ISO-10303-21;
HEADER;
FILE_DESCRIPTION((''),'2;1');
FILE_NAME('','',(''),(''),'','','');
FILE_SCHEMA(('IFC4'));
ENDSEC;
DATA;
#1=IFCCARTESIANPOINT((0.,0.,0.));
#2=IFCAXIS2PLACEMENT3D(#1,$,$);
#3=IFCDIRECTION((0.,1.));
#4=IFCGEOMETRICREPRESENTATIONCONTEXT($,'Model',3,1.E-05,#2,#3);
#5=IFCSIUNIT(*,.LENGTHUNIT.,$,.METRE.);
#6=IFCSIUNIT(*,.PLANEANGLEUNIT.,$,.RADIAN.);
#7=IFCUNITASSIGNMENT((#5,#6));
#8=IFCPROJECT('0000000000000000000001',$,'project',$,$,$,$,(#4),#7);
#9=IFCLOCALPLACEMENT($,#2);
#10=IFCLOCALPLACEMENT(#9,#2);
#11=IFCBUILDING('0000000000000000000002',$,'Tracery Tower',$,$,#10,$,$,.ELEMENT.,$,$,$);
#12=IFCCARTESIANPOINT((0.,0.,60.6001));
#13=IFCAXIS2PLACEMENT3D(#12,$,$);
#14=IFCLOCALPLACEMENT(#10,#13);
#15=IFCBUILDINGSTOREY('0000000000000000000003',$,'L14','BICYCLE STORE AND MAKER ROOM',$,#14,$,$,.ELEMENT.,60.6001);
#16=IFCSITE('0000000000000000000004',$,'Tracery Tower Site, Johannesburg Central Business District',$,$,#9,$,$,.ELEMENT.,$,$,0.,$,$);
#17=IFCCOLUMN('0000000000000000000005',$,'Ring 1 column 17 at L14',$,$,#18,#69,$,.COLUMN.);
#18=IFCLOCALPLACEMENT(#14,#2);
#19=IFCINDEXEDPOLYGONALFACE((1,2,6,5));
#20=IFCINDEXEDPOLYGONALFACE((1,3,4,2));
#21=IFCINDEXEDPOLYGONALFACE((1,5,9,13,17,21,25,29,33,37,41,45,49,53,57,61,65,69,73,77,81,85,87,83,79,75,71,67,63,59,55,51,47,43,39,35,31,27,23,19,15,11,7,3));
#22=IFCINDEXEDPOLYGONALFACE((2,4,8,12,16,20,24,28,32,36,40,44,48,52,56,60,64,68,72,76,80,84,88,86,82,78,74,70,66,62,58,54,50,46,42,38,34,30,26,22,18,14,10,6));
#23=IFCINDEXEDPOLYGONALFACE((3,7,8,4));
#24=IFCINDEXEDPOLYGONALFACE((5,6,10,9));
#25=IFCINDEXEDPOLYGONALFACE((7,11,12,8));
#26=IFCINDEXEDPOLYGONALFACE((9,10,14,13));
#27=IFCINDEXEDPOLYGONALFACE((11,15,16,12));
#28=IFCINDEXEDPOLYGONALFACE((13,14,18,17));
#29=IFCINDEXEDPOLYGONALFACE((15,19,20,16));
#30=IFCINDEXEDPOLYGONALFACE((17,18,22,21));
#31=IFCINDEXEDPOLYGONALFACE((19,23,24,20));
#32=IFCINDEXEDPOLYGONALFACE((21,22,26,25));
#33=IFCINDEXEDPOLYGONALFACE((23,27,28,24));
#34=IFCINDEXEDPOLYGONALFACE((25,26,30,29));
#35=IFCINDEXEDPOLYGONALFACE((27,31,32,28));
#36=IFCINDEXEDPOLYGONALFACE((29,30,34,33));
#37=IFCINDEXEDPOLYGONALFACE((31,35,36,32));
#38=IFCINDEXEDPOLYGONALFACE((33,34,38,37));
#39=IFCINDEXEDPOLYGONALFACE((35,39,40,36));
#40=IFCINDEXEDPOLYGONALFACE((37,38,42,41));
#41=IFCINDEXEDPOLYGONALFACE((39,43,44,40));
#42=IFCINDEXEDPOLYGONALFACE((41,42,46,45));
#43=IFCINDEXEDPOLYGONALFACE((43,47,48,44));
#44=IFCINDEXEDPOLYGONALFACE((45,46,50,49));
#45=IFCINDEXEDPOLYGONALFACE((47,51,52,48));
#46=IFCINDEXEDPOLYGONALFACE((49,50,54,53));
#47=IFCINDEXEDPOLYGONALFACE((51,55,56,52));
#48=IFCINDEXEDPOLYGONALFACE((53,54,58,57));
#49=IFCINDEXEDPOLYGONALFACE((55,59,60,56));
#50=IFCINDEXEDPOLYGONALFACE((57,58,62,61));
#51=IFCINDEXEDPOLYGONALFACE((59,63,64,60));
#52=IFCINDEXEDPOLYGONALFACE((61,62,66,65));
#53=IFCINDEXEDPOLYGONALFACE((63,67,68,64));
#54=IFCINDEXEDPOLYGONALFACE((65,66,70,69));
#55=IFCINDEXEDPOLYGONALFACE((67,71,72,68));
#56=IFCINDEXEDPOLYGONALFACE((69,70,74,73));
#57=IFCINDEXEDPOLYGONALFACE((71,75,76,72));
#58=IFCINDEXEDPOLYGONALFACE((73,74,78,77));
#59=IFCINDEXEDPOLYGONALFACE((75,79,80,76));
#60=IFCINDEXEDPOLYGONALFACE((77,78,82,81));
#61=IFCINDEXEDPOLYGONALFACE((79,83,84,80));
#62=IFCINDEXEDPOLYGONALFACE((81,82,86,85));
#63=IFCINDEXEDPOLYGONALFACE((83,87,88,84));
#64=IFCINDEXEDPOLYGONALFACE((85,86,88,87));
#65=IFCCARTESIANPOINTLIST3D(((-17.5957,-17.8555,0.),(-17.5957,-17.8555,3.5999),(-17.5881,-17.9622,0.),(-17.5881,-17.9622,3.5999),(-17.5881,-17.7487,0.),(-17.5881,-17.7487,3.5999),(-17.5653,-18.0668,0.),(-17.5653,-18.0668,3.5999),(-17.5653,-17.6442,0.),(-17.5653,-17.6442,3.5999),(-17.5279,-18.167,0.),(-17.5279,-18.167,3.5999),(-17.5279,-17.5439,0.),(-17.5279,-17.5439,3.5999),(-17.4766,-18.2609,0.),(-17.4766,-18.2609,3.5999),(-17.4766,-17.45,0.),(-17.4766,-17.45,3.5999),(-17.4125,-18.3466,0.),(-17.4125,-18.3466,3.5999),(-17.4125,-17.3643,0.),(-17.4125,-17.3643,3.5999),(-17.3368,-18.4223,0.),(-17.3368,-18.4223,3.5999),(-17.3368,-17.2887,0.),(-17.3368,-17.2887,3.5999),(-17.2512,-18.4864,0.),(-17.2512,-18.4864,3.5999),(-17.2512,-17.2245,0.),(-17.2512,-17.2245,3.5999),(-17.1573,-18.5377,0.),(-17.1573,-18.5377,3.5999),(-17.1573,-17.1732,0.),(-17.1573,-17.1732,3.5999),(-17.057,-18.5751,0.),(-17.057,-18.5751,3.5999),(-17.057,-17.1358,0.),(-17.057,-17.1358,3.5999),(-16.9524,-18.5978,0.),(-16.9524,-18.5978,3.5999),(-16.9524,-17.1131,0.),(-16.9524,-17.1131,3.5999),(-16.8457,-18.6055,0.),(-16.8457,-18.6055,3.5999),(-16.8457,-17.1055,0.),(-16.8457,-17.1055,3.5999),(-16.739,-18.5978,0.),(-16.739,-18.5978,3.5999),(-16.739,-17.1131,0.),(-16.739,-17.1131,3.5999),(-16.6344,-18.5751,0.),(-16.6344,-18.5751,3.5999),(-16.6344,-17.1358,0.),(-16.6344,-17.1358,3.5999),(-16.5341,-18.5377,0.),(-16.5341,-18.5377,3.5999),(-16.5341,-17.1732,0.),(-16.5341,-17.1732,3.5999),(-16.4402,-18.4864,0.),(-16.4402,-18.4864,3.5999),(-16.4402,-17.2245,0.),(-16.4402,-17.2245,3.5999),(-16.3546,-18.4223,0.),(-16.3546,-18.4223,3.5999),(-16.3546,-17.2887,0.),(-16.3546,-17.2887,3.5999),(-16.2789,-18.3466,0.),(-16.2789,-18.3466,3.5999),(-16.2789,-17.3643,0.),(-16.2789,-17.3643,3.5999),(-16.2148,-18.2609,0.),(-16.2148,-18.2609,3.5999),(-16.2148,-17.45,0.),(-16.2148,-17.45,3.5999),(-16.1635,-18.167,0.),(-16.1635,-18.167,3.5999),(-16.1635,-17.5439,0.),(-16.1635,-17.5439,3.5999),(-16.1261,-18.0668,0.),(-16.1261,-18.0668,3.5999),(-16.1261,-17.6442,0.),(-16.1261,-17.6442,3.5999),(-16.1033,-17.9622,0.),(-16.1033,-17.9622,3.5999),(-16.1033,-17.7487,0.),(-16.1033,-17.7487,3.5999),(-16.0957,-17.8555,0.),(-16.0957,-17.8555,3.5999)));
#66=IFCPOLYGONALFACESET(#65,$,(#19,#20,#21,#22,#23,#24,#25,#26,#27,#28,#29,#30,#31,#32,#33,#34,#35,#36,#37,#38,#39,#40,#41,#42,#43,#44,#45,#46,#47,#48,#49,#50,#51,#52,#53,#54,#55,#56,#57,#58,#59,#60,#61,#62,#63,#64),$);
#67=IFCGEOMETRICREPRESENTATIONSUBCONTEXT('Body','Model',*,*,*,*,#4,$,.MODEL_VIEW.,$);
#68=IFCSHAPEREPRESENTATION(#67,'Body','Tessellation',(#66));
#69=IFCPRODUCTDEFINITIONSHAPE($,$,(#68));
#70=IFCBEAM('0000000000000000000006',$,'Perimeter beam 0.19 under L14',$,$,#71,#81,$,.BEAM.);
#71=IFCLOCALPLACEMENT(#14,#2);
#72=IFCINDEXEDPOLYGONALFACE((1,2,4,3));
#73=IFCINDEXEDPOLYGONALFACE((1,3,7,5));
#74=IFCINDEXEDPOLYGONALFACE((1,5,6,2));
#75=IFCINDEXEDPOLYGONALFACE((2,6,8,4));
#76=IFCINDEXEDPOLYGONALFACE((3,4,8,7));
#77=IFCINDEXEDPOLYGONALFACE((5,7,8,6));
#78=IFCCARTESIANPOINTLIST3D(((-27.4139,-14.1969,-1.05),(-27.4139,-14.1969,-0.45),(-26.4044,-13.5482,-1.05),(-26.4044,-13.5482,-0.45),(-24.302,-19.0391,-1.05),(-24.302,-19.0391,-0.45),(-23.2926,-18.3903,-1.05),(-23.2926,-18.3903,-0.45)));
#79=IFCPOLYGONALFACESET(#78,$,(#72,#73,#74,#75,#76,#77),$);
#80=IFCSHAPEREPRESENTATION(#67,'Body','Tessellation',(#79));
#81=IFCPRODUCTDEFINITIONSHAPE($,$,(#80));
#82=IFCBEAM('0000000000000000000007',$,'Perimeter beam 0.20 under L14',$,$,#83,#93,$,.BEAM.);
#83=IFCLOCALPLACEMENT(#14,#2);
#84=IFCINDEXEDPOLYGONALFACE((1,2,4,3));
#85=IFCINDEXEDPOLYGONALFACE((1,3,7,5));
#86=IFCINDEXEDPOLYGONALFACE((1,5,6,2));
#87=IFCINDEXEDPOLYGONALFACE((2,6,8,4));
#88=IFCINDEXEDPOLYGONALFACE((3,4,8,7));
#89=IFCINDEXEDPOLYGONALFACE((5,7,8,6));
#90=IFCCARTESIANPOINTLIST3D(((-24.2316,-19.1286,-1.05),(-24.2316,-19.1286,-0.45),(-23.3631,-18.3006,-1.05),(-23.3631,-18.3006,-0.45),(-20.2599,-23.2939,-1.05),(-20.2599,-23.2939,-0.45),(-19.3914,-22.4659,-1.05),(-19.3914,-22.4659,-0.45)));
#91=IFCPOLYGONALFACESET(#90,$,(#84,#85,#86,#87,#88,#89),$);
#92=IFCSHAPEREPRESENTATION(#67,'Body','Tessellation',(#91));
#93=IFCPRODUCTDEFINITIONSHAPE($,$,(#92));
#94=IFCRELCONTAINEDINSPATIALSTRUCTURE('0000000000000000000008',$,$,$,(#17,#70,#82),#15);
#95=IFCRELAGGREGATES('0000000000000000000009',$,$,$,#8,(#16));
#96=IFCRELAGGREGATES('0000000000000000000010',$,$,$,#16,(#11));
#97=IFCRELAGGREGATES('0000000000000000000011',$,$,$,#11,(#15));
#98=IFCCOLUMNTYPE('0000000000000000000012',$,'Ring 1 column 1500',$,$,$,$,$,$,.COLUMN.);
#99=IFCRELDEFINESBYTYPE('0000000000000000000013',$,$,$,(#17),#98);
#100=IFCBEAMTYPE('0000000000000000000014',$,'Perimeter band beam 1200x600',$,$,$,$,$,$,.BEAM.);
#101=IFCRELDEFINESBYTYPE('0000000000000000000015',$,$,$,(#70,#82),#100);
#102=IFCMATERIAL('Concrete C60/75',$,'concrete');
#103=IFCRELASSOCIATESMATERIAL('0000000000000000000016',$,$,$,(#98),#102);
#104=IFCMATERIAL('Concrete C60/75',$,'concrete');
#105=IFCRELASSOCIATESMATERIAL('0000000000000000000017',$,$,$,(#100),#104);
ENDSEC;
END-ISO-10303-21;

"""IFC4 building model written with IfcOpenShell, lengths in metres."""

from ifc_helpers import new_model, si_unit, direction, frame, origin, origin_2d, place, context, subcontext, project, spatial, rectangle, circle, extrude, material, material_profile, profile_set, type_object, element, save


model = new_model("IFC4")

# Units and contexts
model_context = context("Model", 3, precision=1e-05, world=origin(), true_north=direction((0.0, 1.0)))
body_context = subcontext(model_context, "Body", "Model", "MODEL_VIEW")
ifc_project = project(units=[si_unit("LENGTHUNIT", "METRE"), si_unit("PLANEANGLEUNIT", "RADIAN")], contexts=[model_context])

# Site, building, storey
site_placement = place(None, origin())
site = spatial("IfcSite", under=ifc_project, at=site_placement, Name="Tracery Tower Site, Johannesburg Central Business District", CompositionType="ELEMENT", RefElevation=0.0)
building_placement = place(site_placement, origin())
building = spatial("IfcBuilding", under=site, at=building_placement, Name="Tracery Tower", CompositionType="ELEMENT")
storey_placement = place(building_placement, frame((0.0, 0.0, 60.6001)))
storey = spatial("IfcBuildingStorey", under=building, at=storey_placement, Name="L14", Description="BICYCLE STORE AND MAKER ROOM", CompositionType="ELEMENT", Elevation=60.6001)

# Column
ifc_material_1 = material(Name="Concrete C60/75", Category="concrete")
ifc_material_profile_1 = material_profile(ifc_material_1, circle(Radius=0.75, at=origin_2d()), Name="RC D1500")
ifc_profile_set_1 = profile_set([ifc_material_profile_1], Name="Concrete C60/75")
column_type_1 = type_object("IfcColumnType", Name="Ring 1 column 1500", PredefinedType="COLUMN", material=ifc_profile_set_1)
for number, where, z_axis, x_axis, name in (
    (1, (-16.8457, -17.8555, 0.0), (0.0, 0.0, 1.0), (1.0, 0.0, 0.0), "Ring 1 column 17 at L14"),
):
    element("IfcColumn", number, at=place(storey_placement, frame(where, z_axis=z_axis, x_axis=x_axis)), inside=storey, type_object=column_type_1, Name=name, PredefinedType="COLUMN", context=body_context, shape_type="SweptSolid", body=[
        extrude(circle(Radius=0.75, at=origin_2d()), origin(), (0.0, 0.0, 1.0), 3.5999),
    ])

# Beams
ifc_material_2 = material(Name="Concrete C60/75", Category="concrete")
ifc_material_profile_2 = material_profile(ifc_material_2, rectangle(XDim=1.2, YDim=0.6001, at=origin_2d()), Name="RC 1200x600")
ifc_profile_set_2 = profile_set([ifc_material_profile_2], Name="Concrete C60/75")
beam_type = type_object("IfcBeamType", Name="Perimeter band beam 1200x600", PredefinedType="BEAM", material=ifc_profile_set_2)
beam_1_placement = place(storey_placement, frame((-26.9092, -13.8726, -0.75), z_axis=(0.540644, -0.841252, 0.0), x_axis=(0.841252, 0.540644, 0.0)))
element("IfcBeam", 2, at=beam_1_placement, inside=storey, type_object=beam_type, Name="Perimeter beam 0.19 under L14", PredefinedType="BEAM", context=body_context, shape_type="SweptSolid", body=[
    extrude(rectangle(XDim=1.2, YDim=0.6001, at=origin_2d()), origin(), (0.0, 0.0, 1.0), 5.7559),
])
beam_2_placement = place(storey_placement, frame((-23.7974, -18.7146, -0.75), z_axis=(0.690087, -0.723726, 0.0), x_axis=(0.723726, 0.690087, 0.0)))
element("IfcBeam", 3, at=beam_2_placement, inside=storey, type_object=beam_type, Name="Perimeter beam 0.20 under L14", PredefinedType="BEAM", context=body_context, shape_type="SweptSolid", body=[
    extrude(rectangle(XDim=1.2, YDim=0.6001, at=origin_2d()), origin(), (0.0, 0.0, 1.0), 5.7554),
])

save(model, "model.ifc")
